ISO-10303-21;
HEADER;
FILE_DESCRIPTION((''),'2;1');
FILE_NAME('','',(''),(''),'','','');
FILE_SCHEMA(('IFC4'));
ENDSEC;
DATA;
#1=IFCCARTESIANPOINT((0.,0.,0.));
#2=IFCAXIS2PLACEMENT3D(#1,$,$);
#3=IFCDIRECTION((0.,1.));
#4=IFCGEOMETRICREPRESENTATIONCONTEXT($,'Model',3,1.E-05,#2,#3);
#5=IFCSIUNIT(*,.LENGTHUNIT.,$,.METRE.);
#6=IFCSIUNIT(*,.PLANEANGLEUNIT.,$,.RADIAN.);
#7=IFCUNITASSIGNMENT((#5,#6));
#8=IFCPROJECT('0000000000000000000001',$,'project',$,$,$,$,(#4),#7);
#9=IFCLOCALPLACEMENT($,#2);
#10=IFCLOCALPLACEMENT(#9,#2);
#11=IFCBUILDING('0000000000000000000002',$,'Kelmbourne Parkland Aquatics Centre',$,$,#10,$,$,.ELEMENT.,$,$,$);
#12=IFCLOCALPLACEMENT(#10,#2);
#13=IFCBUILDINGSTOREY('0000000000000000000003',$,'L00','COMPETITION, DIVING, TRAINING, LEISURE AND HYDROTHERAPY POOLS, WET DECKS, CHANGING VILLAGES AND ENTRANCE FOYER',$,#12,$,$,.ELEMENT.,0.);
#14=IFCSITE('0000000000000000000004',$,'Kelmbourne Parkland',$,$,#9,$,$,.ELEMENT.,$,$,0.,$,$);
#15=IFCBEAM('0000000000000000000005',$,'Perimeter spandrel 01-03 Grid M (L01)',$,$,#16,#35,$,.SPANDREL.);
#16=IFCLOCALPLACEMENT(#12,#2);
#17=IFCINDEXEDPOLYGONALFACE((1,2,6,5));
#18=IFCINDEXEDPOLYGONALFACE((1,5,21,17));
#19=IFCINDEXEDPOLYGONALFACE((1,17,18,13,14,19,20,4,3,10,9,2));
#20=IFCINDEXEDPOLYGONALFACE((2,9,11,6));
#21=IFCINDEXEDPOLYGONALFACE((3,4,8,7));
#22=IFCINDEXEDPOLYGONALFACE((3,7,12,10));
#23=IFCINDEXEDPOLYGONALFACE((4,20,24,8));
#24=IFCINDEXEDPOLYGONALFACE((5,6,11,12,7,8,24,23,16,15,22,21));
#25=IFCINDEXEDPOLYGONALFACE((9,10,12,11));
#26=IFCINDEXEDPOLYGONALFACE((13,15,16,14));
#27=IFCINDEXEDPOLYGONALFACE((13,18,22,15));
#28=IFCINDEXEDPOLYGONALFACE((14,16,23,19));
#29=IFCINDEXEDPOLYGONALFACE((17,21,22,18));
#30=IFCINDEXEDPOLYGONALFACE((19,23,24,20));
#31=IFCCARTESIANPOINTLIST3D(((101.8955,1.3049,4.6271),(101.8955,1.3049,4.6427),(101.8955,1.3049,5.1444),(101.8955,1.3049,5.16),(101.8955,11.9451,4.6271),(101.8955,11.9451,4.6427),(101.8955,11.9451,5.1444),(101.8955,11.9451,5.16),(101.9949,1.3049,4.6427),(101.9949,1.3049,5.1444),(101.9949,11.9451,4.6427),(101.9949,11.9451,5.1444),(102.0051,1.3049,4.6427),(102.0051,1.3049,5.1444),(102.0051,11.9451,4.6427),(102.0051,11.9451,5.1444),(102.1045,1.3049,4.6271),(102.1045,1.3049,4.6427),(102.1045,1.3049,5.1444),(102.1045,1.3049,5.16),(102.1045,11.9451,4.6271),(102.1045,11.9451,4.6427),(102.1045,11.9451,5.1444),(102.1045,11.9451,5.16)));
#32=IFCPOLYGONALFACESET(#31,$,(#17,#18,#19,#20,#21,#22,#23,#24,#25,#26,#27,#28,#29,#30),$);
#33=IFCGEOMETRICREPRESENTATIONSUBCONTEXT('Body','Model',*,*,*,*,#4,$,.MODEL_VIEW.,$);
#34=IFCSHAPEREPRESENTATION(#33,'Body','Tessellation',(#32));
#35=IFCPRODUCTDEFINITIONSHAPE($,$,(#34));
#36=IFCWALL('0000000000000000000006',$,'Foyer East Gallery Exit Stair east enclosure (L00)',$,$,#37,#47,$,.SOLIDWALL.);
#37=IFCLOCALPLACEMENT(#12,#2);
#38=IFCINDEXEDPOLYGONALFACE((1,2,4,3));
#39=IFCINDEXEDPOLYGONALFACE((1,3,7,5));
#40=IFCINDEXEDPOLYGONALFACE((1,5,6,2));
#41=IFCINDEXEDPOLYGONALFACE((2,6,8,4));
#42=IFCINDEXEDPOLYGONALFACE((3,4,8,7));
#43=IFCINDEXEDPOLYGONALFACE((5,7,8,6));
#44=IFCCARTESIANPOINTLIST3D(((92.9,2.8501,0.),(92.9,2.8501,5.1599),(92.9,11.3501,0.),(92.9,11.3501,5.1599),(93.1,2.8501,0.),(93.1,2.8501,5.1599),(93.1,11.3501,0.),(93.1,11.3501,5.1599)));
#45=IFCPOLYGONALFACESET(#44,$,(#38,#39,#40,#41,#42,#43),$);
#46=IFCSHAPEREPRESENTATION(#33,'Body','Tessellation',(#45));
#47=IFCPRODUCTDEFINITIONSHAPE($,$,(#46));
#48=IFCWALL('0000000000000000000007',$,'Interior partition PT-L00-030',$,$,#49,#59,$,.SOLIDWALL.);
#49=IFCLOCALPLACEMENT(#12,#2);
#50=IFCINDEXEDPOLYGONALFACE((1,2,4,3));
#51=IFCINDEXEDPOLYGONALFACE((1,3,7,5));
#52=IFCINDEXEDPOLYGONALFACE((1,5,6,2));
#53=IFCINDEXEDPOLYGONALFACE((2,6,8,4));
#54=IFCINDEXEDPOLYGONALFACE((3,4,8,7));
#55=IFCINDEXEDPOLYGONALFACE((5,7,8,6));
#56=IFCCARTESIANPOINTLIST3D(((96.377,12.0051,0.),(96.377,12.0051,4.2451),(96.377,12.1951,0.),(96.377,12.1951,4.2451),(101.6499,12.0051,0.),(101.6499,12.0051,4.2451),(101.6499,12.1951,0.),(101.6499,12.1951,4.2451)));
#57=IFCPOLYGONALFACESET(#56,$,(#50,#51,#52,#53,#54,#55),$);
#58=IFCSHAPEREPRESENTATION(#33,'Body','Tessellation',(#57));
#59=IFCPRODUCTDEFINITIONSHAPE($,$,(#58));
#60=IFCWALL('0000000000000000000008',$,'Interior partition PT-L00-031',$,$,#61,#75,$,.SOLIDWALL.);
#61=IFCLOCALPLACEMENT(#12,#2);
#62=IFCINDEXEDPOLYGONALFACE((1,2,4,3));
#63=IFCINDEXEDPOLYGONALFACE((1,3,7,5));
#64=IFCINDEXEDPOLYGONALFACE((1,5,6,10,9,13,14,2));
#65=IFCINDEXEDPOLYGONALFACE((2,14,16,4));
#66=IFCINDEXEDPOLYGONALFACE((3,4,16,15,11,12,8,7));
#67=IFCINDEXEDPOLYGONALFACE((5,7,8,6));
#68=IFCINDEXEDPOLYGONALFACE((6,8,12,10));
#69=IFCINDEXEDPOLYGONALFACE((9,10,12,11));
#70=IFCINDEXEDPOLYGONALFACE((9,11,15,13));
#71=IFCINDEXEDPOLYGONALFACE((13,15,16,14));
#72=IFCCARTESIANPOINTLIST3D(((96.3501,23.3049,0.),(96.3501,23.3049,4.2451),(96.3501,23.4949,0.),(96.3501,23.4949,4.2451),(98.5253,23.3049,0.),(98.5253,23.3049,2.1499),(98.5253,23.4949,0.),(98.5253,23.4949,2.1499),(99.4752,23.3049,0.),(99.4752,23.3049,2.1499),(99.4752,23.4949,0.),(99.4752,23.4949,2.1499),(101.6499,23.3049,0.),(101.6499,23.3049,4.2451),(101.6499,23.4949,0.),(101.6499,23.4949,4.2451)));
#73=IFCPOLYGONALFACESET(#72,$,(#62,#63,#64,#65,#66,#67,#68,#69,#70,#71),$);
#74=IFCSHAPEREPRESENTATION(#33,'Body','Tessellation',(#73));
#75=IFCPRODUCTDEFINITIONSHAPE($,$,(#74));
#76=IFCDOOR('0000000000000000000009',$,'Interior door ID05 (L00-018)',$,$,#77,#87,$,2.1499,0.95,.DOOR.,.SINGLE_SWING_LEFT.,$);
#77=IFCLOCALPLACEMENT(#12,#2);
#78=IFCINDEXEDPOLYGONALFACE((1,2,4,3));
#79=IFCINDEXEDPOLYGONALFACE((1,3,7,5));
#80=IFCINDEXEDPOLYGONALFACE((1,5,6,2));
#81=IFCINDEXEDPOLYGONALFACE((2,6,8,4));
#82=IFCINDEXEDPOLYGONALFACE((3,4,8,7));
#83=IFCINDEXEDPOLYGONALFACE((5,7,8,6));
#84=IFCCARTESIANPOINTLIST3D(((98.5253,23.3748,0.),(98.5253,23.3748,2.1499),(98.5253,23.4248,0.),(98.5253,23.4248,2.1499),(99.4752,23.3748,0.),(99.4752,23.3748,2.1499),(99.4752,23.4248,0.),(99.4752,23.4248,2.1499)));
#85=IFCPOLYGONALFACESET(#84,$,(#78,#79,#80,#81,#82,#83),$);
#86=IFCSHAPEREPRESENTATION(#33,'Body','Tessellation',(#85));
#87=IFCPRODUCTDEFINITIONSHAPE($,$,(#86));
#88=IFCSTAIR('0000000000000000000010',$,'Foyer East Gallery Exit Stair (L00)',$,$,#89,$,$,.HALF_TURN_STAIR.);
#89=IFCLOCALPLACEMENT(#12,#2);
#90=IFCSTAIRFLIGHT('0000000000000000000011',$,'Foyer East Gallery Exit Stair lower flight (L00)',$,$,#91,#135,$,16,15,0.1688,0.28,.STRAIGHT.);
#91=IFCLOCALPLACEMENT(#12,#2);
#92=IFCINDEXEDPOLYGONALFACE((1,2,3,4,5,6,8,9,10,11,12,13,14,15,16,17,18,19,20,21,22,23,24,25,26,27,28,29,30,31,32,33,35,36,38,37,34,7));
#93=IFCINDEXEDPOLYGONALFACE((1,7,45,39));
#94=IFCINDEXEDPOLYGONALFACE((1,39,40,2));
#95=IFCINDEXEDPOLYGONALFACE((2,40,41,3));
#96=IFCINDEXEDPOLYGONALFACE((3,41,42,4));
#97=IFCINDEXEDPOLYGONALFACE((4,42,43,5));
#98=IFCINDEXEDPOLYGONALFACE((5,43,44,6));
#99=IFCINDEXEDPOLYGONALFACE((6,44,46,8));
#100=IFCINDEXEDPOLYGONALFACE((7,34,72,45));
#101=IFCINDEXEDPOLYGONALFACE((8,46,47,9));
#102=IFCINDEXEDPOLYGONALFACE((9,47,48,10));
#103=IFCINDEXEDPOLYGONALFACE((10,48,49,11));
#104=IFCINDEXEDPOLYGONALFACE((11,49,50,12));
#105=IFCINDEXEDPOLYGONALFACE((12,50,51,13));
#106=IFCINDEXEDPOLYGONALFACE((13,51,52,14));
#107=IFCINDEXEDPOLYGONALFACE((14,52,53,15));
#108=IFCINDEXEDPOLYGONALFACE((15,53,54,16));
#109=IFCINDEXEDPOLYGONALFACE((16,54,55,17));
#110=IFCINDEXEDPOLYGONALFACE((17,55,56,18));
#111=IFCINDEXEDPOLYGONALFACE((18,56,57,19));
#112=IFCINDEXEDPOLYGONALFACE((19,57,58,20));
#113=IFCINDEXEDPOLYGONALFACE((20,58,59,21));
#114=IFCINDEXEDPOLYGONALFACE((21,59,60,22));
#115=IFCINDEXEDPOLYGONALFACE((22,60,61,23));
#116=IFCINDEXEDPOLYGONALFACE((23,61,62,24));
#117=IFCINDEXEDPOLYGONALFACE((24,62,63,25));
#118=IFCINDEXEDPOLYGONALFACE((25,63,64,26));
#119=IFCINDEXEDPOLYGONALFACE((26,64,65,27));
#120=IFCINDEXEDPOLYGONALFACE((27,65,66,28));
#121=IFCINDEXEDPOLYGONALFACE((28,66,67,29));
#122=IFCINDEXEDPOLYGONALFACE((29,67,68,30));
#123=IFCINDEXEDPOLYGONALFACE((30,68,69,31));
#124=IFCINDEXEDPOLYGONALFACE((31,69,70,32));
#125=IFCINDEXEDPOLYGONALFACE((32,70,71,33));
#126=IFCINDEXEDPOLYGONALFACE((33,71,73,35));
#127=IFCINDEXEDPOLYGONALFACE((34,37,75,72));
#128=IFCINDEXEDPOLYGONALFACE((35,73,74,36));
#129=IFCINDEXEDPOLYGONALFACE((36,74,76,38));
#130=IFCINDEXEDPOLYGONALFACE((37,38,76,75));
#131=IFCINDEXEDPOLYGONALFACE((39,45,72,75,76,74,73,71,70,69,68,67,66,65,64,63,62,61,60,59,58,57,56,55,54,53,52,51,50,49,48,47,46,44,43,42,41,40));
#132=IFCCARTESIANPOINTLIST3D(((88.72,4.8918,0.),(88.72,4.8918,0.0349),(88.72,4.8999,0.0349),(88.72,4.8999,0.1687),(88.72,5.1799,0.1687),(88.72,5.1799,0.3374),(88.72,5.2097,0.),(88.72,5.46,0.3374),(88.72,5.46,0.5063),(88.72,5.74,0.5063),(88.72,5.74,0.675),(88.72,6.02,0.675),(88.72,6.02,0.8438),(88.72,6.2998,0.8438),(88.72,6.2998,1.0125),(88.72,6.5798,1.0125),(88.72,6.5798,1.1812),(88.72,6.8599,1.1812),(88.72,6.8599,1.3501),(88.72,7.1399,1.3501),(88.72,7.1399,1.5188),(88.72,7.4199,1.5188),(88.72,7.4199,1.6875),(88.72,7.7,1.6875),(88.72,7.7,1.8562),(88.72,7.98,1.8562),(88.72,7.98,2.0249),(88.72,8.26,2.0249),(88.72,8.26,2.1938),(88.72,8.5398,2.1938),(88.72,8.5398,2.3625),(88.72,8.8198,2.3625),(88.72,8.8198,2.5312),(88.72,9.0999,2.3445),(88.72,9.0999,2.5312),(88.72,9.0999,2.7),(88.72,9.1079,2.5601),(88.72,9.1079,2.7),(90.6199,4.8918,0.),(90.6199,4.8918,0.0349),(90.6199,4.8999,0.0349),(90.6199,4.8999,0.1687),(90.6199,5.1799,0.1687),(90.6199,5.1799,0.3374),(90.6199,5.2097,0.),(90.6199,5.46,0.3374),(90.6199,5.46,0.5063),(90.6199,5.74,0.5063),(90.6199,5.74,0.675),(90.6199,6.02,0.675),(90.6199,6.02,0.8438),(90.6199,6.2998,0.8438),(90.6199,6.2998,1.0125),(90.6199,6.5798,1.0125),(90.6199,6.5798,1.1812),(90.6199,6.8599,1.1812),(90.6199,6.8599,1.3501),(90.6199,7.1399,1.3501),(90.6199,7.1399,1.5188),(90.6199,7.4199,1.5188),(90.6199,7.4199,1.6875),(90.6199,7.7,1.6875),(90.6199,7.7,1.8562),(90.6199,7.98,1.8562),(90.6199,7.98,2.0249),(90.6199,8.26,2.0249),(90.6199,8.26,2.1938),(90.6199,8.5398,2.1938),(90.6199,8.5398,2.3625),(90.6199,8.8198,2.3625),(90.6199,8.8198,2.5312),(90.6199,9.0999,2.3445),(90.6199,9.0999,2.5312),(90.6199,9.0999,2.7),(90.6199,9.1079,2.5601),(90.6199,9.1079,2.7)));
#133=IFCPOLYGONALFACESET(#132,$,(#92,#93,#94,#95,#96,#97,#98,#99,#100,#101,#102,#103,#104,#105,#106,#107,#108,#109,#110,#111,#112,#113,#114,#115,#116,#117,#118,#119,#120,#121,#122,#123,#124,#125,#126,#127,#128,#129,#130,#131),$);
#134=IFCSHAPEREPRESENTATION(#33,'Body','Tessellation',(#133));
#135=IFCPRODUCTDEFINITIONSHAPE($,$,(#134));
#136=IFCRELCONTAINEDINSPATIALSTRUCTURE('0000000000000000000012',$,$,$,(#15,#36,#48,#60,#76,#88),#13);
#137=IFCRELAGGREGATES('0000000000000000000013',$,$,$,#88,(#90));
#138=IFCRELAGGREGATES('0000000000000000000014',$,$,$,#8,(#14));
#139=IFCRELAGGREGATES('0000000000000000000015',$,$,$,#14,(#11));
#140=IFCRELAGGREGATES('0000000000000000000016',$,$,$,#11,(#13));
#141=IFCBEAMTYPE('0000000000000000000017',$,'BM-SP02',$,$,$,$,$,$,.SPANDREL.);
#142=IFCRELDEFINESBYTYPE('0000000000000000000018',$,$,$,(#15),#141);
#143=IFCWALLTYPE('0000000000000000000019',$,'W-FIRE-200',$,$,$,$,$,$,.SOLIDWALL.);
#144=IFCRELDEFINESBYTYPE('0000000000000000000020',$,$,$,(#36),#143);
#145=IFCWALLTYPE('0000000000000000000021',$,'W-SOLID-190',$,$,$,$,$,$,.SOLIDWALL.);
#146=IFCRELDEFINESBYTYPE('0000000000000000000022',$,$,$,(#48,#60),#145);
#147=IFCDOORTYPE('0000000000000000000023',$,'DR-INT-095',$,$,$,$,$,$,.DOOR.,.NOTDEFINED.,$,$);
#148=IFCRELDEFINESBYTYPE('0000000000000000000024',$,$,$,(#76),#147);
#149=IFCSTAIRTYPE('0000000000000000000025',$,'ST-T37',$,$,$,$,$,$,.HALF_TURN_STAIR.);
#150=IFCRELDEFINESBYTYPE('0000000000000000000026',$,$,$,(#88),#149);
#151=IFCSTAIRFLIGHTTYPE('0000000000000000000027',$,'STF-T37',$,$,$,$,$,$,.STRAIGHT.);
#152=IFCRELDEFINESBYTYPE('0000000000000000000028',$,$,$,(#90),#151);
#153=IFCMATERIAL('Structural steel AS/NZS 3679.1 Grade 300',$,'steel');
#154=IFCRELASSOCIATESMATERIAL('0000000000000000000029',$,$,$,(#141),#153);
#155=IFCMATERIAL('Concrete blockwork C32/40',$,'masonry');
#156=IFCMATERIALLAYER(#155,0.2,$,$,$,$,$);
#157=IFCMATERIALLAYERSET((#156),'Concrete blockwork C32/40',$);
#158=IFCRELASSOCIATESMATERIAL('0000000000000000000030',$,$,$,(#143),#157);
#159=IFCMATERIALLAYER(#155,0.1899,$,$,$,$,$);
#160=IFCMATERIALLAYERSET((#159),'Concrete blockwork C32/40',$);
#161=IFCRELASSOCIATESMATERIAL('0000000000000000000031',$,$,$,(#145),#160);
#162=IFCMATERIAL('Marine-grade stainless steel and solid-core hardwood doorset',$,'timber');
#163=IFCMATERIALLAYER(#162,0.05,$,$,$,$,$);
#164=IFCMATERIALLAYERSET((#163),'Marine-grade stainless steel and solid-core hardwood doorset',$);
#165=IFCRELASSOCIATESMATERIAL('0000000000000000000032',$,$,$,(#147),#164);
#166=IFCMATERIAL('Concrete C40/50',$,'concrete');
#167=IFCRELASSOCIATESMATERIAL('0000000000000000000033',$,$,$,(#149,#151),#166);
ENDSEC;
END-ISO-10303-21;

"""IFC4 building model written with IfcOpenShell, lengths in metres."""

from ifc_helpers import new_model, si_unit, direction, frame, frame_2d, origin, origin_2d, place, context, subcontext, project, spatial, polyline, rectangle, i_section, outline, extrude, material, layer, layer_set, material_profile, profile_set, type_object, element, fill, aggregate, save


model = new_model("IFC4")

# Units and contexts
model_context = context("Model", 3, precision=1e-05, world=origin(), true_north=direction((0.0, 1.0)))
body_context = subcontext(model_context, "Body", "Model", "MODEL_VIEW")
ifc_project = project(units=[si_unit("LENGTHUNIT", "METRE"), si_unit("PLANEANGLEUNIT", "RADIAN")], contexts=[model_context])

# Site, building, storey
site_placement = place(None, origin())
site = spatial("IfcSite", under=ifc_project, at=site_placement, Name="Kelmbourne Parkland", CompositionType="ELEMENT", RefElevation=0.0)
building_placement = place(site_placement, origin())
building = spatial("IfcBuilding", under=site, at=building_placement, Name="Kelmbourne Parkland Aquatics Centre", CompositionType="ELEMENT")
storey_placement = place(building_placement, origin())
storey = spatial("IfcBuildingStorey", under=building, at=storey_placement, Name="L00", Description="COMPETITION, DIVING, TRAINING, LEISURE AND HYDROTHERAPY POOLS, WET DECKS, CHANGING VILLAGES AND ENTRANCE FOYER", CompositionType="ELEMENT", Elevation=0.0)

# Shared definitions
ifc_material_1 = material(Name="Concrete C40/50", Category="concrete")

# Beam
ifc_material_2 = material(Name="Structural steel AS/NZS 3679.1 Grade 300", Category="steel")
ifc_material_profile_1 = material_profile(ifc_material_2, i_section(OverallWidth=0.209, OverallDepth=0.533, WebThickness=0.0103, FlangeThickness=0.0156, at=origin_2d()), Name="530UB92.4")
ifc_profile_set_1 = profile_set([ifc_material_profile_1], Name="Structural steel AS/NZS 3679.1 Grade 300")
beam_type_1 = type_object("IfcBeamType", Name="BM-SP02", PredefinedType="SPANDREL", material=ifc_profile_set_1)
beam_1_placement = place(storey_placement, frame((102.0, 1.3049, 4.8936), z_axis=(0.0, 1.0, 0.0), x_axis=(-1.0, 0.0, 0.0)))
element("IfcBeam", 1, at=beam_1_placement, inside=storey, type_object=beam_type_1, Name="Perimeter spandrel 01-03 Grid M (L01)", PredefinedType="SPANDREL", context=body_context, shape_type="SweptSolid", body=[
    extrude(i_section(OverallWidth=0.209, OverallDepth=0.533, WebThickness=0.0103, FlangeThickness=0.0156, at=origin_2d()), origin(), (0.0, 0.0, 1.0), 10.6401),
])

# Walls
ifc_material_3 = material(Name="Concrete blockwork C32/40", Category="masonry")
ifc_layer_1 = layer(ifc_material_3, 0.2)
ifc_layer_set_1 = layer_set([ifc_layer_1], Name="Concrete blockwork C32/40")
wall_type_1 = type_object("IfcWallType", Name="W-FIRE-200", PredefinedType="SOLIDWALL", material=ifc_layer_set_1)
wall_1_placement = place(storey_placement, frame((93.0, 2.8501, 0.0), z_axis=(0.0, 0.0, 1.0), x_axis=(0.0, 1.0, 0.0)))
element("IfcWall", 2, at=wall_1_placement, inside=storey, type_object=wall_type_1, Name="Foyer East Gallery Exit Stair east enclosure (L00)", PredefinedType="SOLIDWALL", context=body_context, shape_type="SweptSolid", body=[
    extrude(rectangle(XDim=8.5, YDim=0.2, at=frame_2d((4.25, 0.0))), origin(), (0.0, 0.0, 1.0), 5.1599),
])
ifc_layer_2 = layer(ifc_material_3, 0.1899)
ifc_layer_set_2 = layer_set([ifc_layer_2], Name="Concrete blockwork C32/40")
wall_type_2 = type_object("IfcWallType", Name="W-SOLID-190", PredefinedType="SOLIDWALL", material=ifc_layer_set_2)
wall_2_placement = place(storey_placement, frame((96.377, 12.1001, 0.0), z_axis=(0.0, 0.0, 1.0), x_axis=(1.0, 0.0, 0.0)))
element("IfcWall", 3, at=wall_2_placement, inside=storey, type_object=wall_type_2, Name="Interior partition PT-L00-030", PredefinedType="SOLIDWALL", context=body_context, shape_type="SweptSolid", body=[
    extrude(rectangle(XDim=5.2729, YDim=0.1899, at=frame_2d((2.6365, 0.0))), origin(), (0.0, 0.0, 1.0), 4.2451),
])

# Wall, opening, door
wall_3_placement = place(storey_placement, frame((96.3501, 23.3999, 0.0), z_axis=(0.0, 0.0, 1.0), x_axis=(1.0, 0.0, 0.0)))
wall_3 = element("IfcWall", 4, at=wall_3_placement, inside=storey, type_object=wall_type_2, Name="Interior partition PT-L00-031", PredefinedType="SOLIDWALL", context=body_context, shape_type="SweptSolid", body=[
    extrude(rectangle(XDim=5.2998, YDim=0.1899, at=frame_2d((2.6499, 0.0))), origin(), (0.0, 0.0, 1.0), 4.2451),
])
opening_1_placement = place(wall_3_placement, frame((2.175, 0.0, 0.0)))
opening_1 = element("IfcOpeningElement", 5, at=opening_1_placement, cuts=wall_3, PredefinedType="OPENING", context=body_context, shape_type="SweptSolid", body=[
    extrude(rectangle(XDim=0.95, YDim=2.1499, at=frame_2d((0.4751, 1.075))), frame((0.0, 0.1069, 0.0), z_axis=(0.0, -1.0, 0.0), x_axis=(1.0, 0.0, 0.0)), (0.0, 0.0, 1.0), 0.2139),
])
ifc_material_4 = material(Name="Marine-grade stainless steel and solid-core hardwood doorset", Category="timber")
ifc_layer_3 = layer(ifc_material_4, 0.05)
ifc_layer_set_3 = layer_set([ifc_layer_3], Name="Marine-grade stainless steel and solid-core hardwood doorset")
door_type_1 = type_object("IfcDoorType", Name="DR-INT-095", OperationType="NOTDEFINED", PredefinedType="DOOR", material=ifc_layer_set_3)
door_1_placement = place(opening_1_placement, origin())
door_1 = element("IfcDoor", 6, at=door_1_placement, inside=storey, type_object=door_type_1, Name="Interior door ID05 (L00-018)", OperationType="SINGLE_SWING_LEFT", OverallHeight=2.1499, OverallWidth=0.95, PredefinedType="DOOR", context=body_context, shape_type="SweptSolid", body=[
    extrude(rectangle(XDim=0.95, YDim=2.1499, at=frame_2d((0.4751, 1.075))), frame((0.0, 0.0249, 0.0), z_axis=(0.0, -1.0, 0.0), x_axis=(1.0, 0.0, 0.0)), (0.0, 0.0, 1.0), 0.05),
])
fill(opening_1, door_1)

# Stair, stair flight
stair_type = type_object("IfcStairType", Name="ST-T37", PredefinedType="HALF_TURN_STAIR", material=ifc_material_1)
stair_placement = place(storey_placement, origin())
stair = element("IfcStair", 7, at=stair_placement, inside=storey, type_object=stair_type, Name="Foyer East Gallery Exit Stair (L00)", PredefinedType="HALF_TURN_STAIR")
stair_flight_type = type_object("IfcStairFlightType", Name="STF-T37", PredefinedType="STRAIGHT", material=ifc_material_1)
stair_flight_1_placement = place(storey_placement, frame((89.6699, 4.8999, 0.0), z_axis=(0.0, 0.0, 1.0), x_axis=(0.0, 1.0, 0.0)))
stair_flight_1 = element("IfcStairFlight", 8, at=stair_flight_1_placement, type_object=stair_flight_type, Name="Foyer East Gallery Exit Stair lower flight (L00)", NumberOfRisers=16, NumberOfTreads=15, PredefinedType="STRAIGHT", RiserHeight=0.1688, TreadLength=0.28, context=body_context, shape_type="SweptSolid", body=[
    extrude(outline(polyline([(-0.0081, 0.0), (-0.0081, 0.0349), (0.0, 0.0349), (0.0, 0.1687), (0.28, 0.1687), (0.28, 0.3374), (0.5601, 0.3374), (0.5601, 0.5063), (0.8401, 0.5063), (0.8401, 0.675), (1.1201, 0.675), (1.1201, 0.8438), (1.3999, 0.8438), (1.3999, 1.0125), (1.6799, 1.0125), (1.6799, 1.1812), (1.96, 1.1812), (1.96, 1.3501), (2.24, 1.3501), (2.24, 1.5188), (2.52, 1.5188), (2.52, 1.6875), (2.8, 1.6875), (2.8, 1.8562), (3.0801, 1.8562), (3.0801, 2.0249), (3.3601, 2.0249), (3.3601, 2.1938), (3.6399, 2.1938), (3.6399, 2.3625), (3.9199, 2.3625), (3.9199, 2.5312), (4.2, 2.5312), (4.2, 2.7), (4.208, 2.7), (4.208, 2.5601), (4.2, 2.3445), (0.3098, 0.0), (-0.0081, 0.0)])), frame((0.0, 0.95, 0.0), z_axis=(0.0, -1.0, 0.0), x_axis=(1.0, 0.0, 0.0)), (0.0, 0.0, 1.0), 1.8999),
])
aggregate(stair, [stair_flight_1])

save(model, "model.ifc")
